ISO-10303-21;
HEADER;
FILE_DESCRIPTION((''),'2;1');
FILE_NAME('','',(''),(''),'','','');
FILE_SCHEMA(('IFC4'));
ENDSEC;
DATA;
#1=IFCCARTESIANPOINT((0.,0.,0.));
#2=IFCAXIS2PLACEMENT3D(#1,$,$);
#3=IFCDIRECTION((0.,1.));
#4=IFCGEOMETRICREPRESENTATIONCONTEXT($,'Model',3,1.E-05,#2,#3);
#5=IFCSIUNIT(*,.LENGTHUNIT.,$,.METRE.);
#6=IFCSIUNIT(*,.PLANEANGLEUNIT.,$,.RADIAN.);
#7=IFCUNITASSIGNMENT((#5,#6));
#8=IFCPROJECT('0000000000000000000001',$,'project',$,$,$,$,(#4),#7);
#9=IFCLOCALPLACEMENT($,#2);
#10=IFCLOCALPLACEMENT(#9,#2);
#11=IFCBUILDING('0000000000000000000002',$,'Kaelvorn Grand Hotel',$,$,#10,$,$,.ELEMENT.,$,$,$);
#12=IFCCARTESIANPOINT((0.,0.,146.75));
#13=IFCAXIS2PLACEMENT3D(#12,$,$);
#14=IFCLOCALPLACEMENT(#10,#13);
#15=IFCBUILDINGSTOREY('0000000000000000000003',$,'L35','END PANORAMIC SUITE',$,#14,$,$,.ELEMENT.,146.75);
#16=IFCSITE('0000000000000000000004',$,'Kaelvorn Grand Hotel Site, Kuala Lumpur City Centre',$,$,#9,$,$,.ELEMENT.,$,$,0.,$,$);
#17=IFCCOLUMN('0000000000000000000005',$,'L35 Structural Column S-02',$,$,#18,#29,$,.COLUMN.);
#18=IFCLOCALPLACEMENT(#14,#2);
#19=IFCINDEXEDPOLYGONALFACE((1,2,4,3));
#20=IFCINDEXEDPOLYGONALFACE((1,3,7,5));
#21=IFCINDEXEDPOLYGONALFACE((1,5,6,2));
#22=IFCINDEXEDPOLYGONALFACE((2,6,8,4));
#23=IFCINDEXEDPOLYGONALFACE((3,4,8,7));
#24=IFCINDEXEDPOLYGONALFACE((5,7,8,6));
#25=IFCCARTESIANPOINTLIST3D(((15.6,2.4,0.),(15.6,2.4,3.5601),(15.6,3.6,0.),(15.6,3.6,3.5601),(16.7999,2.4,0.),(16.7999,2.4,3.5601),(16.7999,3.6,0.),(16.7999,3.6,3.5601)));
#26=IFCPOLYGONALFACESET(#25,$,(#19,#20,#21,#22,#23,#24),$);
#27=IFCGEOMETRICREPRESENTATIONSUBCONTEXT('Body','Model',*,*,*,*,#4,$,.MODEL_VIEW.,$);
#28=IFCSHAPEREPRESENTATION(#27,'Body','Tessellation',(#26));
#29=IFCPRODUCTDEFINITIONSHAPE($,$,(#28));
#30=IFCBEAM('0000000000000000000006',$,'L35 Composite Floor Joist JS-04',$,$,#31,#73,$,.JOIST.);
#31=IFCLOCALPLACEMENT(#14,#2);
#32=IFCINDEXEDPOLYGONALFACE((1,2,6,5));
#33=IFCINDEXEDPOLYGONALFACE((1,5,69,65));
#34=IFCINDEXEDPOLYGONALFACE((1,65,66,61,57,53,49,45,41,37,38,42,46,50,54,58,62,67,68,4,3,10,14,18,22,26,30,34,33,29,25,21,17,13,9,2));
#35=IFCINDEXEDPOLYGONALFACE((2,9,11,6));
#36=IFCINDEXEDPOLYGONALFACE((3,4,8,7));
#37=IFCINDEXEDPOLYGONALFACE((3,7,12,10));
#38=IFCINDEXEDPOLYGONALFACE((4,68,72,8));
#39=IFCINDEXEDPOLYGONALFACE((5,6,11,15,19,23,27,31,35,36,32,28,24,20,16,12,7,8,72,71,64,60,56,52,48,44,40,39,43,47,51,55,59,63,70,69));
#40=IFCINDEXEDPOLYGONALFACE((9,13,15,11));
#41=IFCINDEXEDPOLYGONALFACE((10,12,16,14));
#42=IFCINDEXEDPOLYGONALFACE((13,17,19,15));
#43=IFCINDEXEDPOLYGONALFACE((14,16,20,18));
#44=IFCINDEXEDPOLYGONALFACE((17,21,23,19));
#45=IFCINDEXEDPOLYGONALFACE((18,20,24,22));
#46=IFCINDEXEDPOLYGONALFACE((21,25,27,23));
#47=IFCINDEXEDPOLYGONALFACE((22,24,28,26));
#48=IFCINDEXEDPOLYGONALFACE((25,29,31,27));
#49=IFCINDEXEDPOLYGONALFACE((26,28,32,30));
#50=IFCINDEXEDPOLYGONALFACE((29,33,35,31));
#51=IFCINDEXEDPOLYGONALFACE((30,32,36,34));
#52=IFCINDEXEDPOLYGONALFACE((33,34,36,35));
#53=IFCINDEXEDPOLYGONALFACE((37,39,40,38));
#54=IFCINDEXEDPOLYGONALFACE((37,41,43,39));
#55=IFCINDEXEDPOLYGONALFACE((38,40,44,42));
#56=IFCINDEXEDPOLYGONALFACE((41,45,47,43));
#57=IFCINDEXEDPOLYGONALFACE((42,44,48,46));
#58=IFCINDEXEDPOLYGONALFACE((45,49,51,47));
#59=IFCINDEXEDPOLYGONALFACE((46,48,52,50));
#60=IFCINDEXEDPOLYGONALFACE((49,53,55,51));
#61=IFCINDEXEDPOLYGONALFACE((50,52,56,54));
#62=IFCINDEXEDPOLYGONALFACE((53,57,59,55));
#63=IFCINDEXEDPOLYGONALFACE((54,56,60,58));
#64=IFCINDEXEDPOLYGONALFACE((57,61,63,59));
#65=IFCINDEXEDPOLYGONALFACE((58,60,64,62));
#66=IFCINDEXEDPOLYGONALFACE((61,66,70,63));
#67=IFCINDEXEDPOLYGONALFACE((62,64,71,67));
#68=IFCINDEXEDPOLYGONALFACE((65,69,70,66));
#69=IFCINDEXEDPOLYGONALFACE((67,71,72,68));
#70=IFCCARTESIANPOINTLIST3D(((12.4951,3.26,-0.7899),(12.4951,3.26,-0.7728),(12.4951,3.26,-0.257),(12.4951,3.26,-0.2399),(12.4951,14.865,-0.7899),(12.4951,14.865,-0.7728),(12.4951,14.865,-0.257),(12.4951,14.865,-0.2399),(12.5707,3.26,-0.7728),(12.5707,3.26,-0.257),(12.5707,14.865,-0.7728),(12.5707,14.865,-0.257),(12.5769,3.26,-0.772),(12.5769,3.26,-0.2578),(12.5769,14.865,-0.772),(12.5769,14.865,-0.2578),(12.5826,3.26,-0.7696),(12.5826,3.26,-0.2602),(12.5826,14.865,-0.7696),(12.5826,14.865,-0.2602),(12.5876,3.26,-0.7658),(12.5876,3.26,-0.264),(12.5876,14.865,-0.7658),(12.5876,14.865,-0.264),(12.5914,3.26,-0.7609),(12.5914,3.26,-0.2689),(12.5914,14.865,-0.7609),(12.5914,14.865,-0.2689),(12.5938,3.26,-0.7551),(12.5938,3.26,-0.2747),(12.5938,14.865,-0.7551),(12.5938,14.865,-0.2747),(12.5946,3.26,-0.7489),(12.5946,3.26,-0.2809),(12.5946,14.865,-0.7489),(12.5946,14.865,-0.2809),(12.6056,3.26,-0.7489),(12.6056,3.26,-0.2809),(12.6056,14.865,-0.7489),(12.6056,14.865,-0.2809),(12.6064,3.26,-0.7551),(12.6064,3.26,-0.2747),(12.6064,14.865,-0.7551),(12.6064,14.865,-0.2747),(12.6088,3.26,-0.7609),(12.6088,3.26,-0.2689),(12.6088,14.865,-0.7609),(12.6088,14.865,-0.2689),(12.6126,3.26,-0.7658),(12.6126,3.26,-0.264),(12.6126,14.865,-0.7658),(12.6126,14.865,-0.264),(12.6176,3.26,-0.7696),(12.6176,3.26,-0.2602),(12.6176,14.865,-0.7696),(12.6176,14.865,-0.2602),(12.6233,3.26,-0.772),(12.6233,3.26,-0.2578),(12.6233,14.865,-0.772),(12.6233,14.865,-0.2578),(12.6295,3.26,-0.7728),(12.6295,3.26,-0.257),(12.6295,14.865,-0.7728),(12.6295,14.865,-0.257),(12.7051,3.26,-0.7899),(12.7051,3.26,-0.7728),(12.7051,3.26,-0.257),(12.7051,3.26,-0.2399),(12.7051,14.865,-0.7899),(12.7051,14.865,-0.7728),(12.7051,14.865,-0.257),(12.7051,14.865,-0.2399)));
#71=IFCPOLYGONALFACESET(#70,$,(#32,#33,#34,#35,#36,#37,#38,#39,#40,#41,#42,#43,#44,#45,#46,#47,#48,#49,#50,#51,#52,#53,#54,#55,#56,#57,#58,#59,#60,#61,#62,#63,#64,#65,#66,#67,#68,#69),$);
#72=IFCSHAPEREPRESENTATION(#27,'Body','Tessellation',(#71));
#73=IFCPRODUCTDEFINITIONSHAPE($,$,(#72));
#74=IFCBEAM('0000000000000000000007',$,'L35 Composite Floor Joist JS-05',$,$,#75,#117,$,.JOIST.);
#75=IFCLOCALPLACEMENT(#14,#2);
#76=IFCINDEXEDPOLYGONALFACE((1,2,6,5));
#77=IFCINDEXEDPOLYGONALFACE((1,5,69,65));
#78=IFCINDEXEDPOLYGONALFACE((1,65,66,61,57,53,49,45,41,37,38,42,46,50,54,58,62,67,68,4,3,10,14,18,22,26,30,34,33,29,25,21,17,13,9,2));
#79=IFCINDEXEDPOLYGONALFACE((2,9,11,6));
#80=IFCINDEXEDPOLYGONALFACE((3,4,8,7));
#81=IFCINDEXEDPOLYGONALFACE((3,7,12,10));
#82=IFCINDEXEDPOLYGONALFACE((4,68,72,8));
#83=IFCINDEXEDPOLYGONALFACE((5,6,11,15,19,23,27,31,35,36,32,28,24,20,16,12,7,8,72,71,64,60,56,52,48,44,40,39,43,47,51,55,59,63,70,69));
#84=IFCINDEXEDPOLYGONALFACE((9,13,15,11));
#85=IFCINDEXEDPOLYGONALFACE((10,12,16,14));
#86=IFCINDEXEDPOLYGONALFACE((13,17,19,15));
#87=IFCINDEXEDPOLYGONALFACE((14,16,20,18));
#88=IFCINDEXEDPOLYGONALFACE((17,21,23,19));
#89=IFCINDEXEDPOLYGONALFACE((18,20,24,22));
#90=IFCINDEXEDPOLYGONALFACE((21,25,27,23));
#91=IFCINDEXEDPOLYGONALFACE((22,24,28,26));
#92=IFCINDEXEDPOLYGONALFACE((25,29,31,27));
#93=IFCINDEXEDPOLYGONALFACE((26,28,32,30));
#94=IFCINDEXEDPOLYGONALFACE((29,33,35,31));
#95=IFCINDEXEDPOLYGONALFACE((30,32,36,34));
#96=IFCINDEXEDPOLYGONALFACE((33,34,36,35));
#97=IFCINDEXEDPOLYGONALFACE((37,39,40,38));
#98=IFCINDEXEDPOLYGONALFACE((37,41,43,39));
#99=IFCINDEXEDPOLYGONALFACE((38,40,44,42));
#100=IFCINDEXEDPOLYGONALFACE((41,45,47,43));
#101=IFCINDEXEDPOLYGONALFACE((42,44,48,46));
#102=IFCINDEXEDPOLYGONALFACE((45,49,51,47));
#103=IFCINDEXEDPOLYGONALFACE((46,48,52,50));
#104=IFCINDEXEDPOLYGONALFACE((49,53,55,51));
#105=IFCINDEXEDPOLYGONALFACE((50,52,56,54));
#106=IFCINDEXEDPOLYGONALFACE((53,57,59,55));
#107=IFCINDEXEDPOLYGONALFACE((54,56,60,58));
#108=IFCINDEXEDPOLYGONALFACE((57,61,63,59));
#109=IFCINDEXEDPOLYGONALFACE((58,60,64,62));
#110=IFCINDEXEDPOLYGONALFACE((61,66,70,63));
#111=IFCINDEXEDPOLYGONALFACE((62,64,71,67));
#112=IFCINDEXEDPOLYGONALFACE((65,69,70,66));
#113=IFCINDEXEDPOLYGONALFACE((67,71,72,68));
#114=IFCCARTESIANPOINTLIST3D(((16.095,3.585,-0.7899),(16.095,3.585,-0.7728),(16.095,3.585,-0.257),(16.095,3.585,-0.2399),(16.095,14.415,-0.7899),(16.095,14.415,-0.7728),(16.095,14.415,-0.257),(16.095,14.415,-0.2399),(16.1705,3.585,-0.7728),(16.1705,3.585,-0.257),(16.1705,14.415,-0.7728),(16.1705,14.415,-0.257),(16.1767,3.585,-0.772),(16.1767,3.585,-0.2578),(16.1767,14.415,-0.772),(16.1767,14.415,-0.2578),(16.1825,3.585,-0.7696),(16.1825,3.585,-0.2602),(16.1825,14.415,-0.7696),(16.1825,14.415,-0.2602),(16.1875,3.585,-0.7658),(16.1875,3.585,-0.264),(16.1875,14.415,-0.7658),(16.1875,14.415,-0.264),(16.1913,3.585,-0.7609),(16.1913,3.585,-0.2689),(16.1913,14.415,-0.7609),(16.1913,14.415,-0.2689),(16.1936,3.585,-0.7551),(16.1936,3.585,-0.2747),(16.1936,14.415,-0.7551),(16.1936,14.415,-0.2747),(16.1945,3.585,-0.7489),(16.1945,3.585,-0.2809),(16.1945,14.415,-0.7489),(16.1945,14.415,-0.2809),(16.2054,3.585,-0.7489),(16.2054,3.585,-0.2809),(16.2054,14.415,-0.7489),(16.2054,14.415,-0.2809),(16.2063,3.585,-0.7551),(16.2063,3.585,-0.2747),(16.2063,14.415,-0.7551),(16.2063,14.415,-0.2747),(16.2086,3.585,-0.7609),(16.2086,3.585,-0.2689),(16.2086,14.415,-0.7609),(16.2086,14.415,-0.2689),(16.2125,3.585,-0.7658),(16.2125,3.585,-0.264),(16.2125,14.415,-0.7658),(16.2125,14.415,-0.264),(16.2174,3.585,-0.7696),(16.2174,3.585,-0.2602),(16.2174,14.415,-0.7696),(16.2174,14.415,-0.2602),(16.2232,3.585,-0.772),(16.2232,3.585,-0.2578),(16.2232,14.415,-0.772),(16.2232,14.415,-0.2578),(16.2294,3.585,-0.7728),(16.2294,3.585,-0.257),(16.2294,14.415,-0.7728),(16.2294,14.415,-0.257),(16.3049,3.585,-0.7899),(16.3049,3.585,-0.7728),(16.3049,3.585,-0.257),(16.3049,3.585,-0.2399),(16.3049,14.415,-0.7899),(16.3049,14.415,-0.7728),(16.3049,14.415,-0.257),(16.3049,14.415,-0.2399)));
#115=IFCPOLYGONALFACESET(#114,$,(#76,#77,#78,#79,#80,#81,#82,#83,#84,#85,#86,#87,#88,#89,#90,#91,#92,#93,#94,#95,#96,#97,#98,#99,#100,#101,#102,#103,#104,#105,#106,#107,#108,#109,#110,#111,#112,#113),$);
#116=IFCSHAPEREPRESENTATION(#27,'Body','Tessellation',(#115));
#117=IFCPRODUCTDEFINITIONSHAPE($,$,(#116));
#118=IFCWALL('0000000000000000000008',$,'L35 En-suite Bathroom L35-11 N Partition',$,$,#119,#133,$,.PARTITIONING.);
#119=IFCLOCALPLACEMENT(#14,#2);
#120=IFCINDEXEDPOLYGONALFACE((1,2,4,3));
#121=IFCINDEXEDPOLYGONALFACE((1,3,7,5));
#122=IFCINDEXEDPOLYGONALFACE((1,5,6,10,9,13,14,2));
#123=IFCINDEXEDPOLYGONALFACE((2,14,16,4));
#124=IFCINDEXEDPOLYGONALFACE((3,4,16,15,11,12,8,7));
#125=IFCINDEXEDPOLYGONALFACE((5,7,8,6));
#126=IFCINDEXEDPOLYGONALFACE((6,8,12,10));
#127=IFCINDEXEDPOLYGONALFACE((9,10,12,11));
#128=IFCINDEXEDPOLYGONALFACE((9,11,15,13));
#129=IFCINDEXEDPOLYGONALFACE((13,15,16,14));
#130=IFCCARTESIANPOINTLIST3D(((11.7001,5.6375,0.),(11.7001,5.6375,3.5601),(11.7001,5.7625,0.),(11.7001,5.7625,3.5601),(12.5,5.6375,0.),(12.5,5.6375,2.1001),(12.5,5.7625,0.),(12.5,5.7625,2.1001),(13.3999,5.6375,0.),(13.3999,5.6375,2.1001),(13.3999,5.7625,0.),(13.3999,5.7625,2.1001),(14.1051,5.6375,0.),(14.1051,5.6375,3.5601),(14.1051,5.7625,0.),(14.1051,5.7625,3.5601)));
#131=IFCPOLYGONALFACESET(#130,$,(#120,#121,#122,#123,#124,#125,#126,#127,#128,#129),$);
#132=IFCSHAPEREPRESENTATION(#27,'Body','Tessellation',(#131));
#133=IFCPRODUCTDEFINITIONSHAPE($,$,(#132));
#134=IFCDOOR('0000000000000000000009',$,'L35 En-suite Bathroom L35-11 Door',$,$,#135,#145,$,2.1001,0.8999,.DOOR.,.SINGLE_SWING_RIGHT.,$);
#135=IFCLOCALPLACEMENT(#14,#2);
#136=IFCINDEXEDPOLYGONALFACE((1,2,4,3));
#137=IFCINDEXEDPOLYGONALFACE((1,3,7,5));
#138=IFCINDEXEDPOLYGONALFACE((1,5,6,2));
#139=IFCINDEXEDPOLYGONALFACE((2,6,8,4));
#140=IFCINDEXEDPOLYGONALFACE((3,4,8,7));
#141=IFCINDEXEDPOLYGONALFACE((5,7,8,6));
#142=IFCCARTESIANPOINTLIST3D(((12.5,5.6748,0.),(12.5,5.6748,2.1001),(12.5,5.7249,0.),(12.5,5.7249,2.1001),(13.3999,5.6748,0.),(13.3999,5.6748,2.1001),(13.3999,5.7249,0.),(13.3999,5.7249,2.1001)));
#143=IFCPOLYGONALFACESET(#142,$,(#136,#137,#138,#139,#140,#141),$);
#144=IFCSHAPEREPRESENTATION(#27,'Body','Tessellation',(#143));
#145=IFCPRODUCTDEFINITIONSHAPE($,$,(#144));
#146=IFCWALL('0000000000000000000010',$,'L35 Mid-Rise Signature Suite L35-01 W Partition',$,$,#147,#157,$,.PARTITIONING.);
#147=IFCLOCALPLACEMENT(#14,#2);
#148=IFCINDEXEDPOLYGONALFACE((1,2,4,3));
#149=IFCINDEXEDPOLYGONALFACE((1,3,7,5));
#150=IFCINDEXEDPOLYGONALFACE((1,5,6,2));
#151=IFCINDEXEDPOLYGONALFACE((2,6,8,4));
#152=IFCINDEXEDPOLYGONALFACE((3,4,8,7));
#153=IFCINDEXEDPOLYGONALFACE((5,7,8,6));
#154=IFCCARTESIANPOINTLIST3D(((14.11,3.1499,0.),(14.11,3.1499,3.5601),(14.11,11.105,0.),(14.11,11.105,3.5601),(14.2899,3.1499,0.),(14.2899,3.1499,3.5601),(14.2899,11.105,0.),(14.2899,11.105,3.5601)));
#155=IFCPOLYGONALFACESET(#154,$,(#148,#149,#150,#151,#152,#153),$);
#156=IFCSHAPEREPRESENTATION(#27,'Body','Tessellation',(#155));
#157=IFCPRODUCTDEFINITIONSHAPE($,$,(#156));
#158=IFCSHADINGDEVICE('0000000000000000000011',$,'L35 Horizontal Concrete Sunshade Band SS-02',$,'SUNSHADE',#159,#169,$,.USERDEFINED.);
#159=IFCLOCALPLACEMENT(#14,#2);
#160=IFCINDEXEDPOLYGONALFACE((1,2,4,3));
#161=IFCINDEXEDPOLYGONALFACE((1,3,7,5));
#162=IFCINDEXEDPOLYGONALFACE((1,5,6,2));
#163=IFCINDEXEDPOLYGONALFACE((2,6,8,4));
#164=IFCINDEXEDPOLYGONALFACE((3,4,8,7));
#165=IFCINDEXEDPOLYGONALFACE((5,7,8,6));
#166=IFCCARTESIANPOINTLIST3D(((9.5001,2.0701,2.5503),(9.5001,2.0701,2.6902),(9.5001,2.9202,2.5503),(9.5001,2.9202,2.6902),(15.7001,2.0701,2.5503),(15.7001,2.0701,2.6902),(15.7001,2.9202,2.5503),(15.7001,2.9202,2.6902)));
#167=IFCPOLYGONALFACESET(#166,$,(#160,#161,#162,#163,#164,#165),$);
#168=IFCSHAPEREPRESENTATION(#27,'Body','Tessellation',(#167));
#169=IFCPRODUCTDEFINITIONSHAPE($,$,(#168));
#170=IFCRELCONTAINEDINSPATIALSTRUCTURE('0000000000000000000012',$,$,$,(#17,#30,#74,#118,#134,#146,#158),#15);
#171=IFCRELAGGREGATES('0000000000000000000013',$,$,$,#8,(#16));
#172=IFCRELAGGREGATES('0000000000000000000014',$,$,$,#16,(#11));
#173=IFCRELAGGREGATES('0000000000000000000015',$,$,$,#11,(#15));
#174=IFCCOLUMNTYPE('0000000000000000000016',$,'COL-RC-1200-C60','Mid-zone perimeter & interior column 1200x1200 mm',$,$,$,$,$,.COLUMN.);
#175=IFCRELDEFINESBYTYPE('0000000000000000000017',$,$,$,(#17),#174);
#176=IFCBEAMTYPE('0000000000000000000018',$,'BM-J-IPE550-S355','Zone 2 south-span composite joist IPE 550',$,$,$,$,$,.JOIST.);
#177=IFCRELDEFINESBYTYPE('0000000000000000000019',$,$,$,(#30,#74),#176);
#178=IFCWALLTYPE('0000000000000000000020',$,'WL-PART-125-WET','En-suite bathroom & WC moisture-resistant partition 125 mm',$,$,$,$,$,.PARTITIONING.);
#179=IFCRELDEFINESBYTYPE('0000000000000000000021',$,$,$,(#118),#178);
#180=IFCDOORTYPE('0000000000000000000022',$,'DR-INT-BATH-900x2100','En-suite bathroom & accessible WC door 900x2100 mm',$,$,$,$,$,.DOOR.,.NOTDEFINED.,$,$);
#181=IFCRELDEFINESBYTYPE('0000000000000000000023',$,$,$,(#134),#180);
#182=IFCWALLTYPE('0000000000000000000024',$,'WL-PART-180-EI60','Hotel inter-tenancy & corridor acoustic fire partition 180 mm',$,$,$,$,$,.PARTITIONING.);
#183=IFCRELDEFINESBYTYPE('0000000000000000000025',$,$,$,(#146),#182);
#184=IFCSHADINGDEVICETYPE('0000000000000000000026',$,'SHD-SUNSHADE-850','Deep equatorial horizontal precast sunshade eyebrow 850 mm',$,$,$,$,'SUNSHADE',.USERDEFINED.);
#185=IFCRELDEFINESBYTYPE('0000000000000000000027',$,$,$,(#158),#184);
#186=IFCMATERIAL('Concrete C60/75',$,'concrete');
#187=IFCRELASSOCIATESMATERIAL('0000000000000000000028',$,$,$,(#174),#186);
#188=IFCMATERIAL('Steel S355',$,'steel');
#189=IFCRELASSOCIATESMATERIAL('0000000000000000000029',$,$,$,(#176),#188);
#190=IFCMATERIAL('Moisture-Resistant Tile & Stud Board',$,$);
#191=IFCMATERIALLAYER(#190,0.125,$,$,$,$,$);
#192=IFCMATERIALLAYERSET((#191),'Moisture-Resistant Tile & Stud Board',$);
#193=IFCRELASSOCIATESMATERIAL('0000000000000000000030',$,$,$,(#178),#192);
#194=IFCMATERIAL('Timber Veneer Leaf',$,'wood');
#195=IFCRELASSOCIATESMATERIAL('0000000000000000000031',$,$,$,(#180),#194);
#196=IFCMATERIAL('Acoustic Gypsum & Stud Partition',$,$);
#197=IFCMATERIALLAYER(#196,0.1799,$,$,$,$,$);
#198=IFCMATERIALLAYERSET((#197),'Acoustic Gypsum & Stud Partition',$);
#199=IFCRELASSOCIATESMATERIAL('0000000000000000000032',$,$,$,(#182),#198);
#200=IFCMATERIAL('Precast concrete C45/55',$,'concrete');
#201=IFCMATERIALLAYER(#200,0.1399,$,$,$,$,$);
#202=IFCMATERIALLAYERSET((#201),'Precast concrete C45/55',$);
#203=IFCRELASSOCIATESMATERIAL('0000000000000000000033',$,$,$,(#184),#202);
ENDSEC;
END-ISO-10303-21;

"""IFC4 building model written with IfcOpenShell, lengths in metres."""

from ifc_helpers import new_model, si_unit, direction, frame, frame_2d, origin, origin_2d, place, context, subcontext, project, spatial, rectangle, i_section, extrude, material, layer, layer_set, material_profile, profile_set, type_object, element, fill, save


model = new_model("IFC4")

# Units and contexts
model_context = context("Model", 3, precision=1e-05, world=origin(), true_north=direction((0.0, 1.0)))
body_context = subcontext(model_context, "Body", "Model", "MODEL_VIEW")
ifc_project = project(units=[si_unit("LENGTHUNIT", "METRE"), si_unit("PLANEANGLEUNIT", "RADIAN")], contexts=[model_context])

# Site, building, storey
site_placement = place(None, origin())
site = spatial("IfcSite", under=ifc_project, at=site_placement, Name="Kaelvorn Grand Hotel Site, Kuala Lumpur City Centre", CompositionType="ELEMENT", RefElevation=0.0)
building_placement = place(site_placement, origin())
building = spatial("IfcBuilding", under=site, at=building_placement, Name="Kaelvorn Grand Hotel", CompositionType="ELEMENT")
storey_placement = place(building_placement, frame((0.0, 0.0, 146.75)))
storey = spatial("IfcBuildingStorey", under=building, at=storey_placement, Name="L35", Description="END PANORAMIC SUITE", CompositionType="ELEMENT", Elevation=146.75)

# Column
ifc_material_1 = material(Name="Concrete C60/75", Category="concrete")
ifc_material_profile_1 = material_profile(ifc_material_1, rectangle(XDim=1.2, YDim=1.2, at=origin_2d()), Name="RC COL 1200x1200")
ifc_profile_set_1 = profile_set([ifc_material_profile_1], Name="Concrete C60/75")
column_type = type_object("IfcColumnType", Name="COL-RC-1200-C60", Description="Mid-zone perimeter & interior column 1200x1200 mm", PredefinedType="COLUMN", material=ifc_profile_set_1)
column_placement = place(storey_placement, frame((16.2, 3.0, 0.0), z_axis=(0.0, 0.0, 1.0), x_axis=(1.0, 0.0, 0.0)))
element("IfcColumn", 1, at=column_placement, inside=storey, type_object=column_type, Name="L35 Structural Column S-02", PredefinedType="COLUMN", context=body_context, shape_type="SweptSolid", body=[
    extrude(rectangle(XDim=1.2, YDim=1.2, at=origin_2d()), origin(), (0.0, 0.0, 1.0), 3.5601),
])

# Beams
ifc_material_2 = material(Name="Steel S355", Category="steel")
ifc_material_profile_2 = material_profile(ifc_material_2, i_section(OverallWidth=0.21, OverallDepth=0.55, WebThickness=0.011, FlangeThickness=0.0171, FilletRadius=0.0239, at=origin_2d()), Name="IPE 550")
ifc_profile_set_2 = profile_set([ifc_material_profile_2], Name="Steel S355")
beam_type = type_object("IfcBeamType", Name="BM-J-IPE550-S355", Description="Zone 2 south-span composite joist IPE 550", PredefinedType="JOIST", material=ifc_profile_set_2)
beam_1_placement = place(storey_placement, frame((12.6001, 3.26, -0.5149), z_axis=(0.0, 1.0, 0.0), x_axis=(-1.0, 0.0, 0.0)))
element("IfcBeam", 2, at=beam_1_placement, inside=storey, type_object=beam_type, Name="L35 Composite Floor Joist JS-04", PredefinedType="JOIST", context=body_context, shape_type="SweptSolid", body=[
    extrude(i_section(OverallWidth=0.21, OverallDepth=0.55, WebThickness=0.011, FlangeThickness=0.0171, FilletRadius=0.0239, at=origin_2d()), origin(), (0.0, 0.0, 1.0), 11.605),
])
beam_2_placement = place(storey_placement, frame((16.2, 3.585, -0.5149), z_axis=(0.0, 1.0, 0.0), x_axis=(-1.0, 0.0, 0.0)))
element("IfcBeam", 3, at=beam_2_placement, inside=storey, type_object=beam_type, Name="L35 Composite Floor Joist JS-05", PredefinedType="JOIST", context=body_context, shape_type="SweptSolid", body=[
    extrude(i_section(OverallWidth=0.21, OverallDepth=0.55, WebThickness=0.011, FlangeThickness=0.0171, FilletRadius=0.0239, at=origin_2d()), origin(), (0.0, 0.0, 1.0), 10.8301),
])

# Wall, opening, door
ifc_material_3 = material(Name="Moisture-Resistant Tile & Stud Board")
ifc_layer_1 = layer(ifc_material_3, 0.125)
ifc_layer_set_1 = layer_set([ifc_layer_1], Name="Moisture-Resistant Tile & Stud Board")
wall_type_1 = type_object("IfcWallType", Name="WL-PART-125-WET", Description="En-suite bathroom & WC moisture-resistant partition 125 mm", PredefinedType="PARTITIONING", material=ifc_layer_set_1)
wall_1_placement = place(storey_placement, frame((11.7, 5.7, 0.0), z_axis=(0.0, 0.0, 1.0), x_axis=(1.0, 0.0, 0.0)))
wall_1 = element("IfcWall", 4, at=wall_1_placement, inside=storey, type_object=wall_type_1, Name="L35 En-suite Bathroom L35-11 N Partition", PredefinedType="PARTITIONING", context=body_context, shape_type="SweptSolid", body=[
    extrude(rectangle(XDim=2.405, YDim=0.125, at=frame_2d((1.2026, 0.0))), origin(), (0.0, 0.0, 1.0), 3.5601),
])
opening_placement = place(wall_1_placement, frame((0.8, 0.0, 0.0)))
opening = element("IfcOpeningElement", 5, at=opening_placement, cuts=wall_1, PredefinedType="OPENING", context=body_context, shape_type="SweptSolid", body=[
    extrude(rectangle(XDim=0.8999, YDim=2.1001, at=frame_2d((0.45, 1.05))), frame((0.0, 0.0725, 0.0), z_axis=(0.0, -1.0, 0.0), x_axis=(1.0, 0.0, 0.0)), (0.0, 0.0, 1.0), 0.145),
])
ifc_material_4 = material(Name="Timber Veneer Leaf", Category="wood")
door_type = type_object("IfcDoorType", Name="DR-INT-BATH-900x2100", Description="En-suite bathroom & accessible WC door 900x2100 mm", OperationType="NOTDEFINED", PredefinedType="DOOR", material=ifc_material_4)
door_placement = place(opening_placement, origin())
door = element("IfcDoor", 6, at=door_placement, inside=storey, type_object=door_type, Name="L35 En-suite Bathroom L35-11 Door", OperationType="SINGLE_SWING_RIGHT", OverallHeight=2.1001, OverallWidth=0.8999, PredefinedType="DOOR", context=body_context, shape_type="SweptSolid", body=[
    extrude(rectangle(XDim=0.8999, YDim=2.1001, at=frame_2d((0.45, 1.05))), frame((0.0, 0.0249, 0.0), z_axis=(0.0, -1.0, 0.0), x_axis=(1.0, 0.0, 0.0)), (0.0, 0.0, 1.0), 0.05),
])
fill(opening, door)

# Wall
ifc_material_5 = material(Name="Acoustic Gypsum & Stud Partition")
ifc_layer_2 = layer(ifc_material_5, 0.1799)
ifc_layer_set_2 = layer_set([ifc_layer_2], Name="Acoustic Gypsum & Stud Partition")
wall_type_2 = type_object("IfcWallType", Name="WL-PART-180-EI60", Description="Hotel inter-tenancy & corridor acoustic fire partition 180 mm", PredefinedType="PARTITIONING", material=ifc_layer_set_2)
wall_2_placement = place(storey_placement, frame((14.2, 3.1499, 0.0), z_axis=(0.0, 0.0, 1.0), x_axis=(0.0, 1.0, 0.0)))
element("IfcWall", 7, at=wall_2_placement, inside=storey, type_object=wall_type_2, Name="L35 Mid-Rise Signature Suite L35-01 W Partition", PredefinedType="PARTITIONING", context=body_context, shape_type="SweptSolid", body=[
    extrude(rectangle(XDim=7.9551, YDim=0.1799, at=frame_2d((3.9775, 0.0))), origin(), (0.0, 0.0, 1.0), 3.5601),
])

# Shading device
ifc_material_6 = material(Name="Precast concrete C45/55", Category="concrete")
ifc_layer_3 = layer(ifc_material_6, 0.1399)
ifc_layer_set_3 = layer_set([ifc_layer_3], Name="Precast concrete C45/55")
shading_device_type = type_object("IfcShadingDeviceType", Name="SHD-SUNSHADE-850", Description="Deep equatorial horizontal precast sunshade eyebrow 850 mm", ElementType="SUNSHADE", PredefinedType="USERDEFINED", material=ifc_layer_set_3)
shading_device_placement = place(storey_placement, frame((12.6001, 2.4951, 2.5503), z_axis=(0.0, 0.0, 1.0), x_axis=(1.0, 0.0, 0.0)))
element("IfcShadingDevice", 8, at=shading_device_placement, inside=storey, type_object=shading_device_type, Name="L35 Horizontal Concrete Sunshade Band SS-02", ObjectType="SUNSHADE", PredefinedType="USERDEFINED", context=body_context, shape_type="SweptSolid", body=[
    extrude(rectangle(XDim=6.2, YDim=0.8501, at=origin_2d()), origin(), (0.0, 0.0, 1.0), 0.1399),
])

save(model, "model.ifc")
